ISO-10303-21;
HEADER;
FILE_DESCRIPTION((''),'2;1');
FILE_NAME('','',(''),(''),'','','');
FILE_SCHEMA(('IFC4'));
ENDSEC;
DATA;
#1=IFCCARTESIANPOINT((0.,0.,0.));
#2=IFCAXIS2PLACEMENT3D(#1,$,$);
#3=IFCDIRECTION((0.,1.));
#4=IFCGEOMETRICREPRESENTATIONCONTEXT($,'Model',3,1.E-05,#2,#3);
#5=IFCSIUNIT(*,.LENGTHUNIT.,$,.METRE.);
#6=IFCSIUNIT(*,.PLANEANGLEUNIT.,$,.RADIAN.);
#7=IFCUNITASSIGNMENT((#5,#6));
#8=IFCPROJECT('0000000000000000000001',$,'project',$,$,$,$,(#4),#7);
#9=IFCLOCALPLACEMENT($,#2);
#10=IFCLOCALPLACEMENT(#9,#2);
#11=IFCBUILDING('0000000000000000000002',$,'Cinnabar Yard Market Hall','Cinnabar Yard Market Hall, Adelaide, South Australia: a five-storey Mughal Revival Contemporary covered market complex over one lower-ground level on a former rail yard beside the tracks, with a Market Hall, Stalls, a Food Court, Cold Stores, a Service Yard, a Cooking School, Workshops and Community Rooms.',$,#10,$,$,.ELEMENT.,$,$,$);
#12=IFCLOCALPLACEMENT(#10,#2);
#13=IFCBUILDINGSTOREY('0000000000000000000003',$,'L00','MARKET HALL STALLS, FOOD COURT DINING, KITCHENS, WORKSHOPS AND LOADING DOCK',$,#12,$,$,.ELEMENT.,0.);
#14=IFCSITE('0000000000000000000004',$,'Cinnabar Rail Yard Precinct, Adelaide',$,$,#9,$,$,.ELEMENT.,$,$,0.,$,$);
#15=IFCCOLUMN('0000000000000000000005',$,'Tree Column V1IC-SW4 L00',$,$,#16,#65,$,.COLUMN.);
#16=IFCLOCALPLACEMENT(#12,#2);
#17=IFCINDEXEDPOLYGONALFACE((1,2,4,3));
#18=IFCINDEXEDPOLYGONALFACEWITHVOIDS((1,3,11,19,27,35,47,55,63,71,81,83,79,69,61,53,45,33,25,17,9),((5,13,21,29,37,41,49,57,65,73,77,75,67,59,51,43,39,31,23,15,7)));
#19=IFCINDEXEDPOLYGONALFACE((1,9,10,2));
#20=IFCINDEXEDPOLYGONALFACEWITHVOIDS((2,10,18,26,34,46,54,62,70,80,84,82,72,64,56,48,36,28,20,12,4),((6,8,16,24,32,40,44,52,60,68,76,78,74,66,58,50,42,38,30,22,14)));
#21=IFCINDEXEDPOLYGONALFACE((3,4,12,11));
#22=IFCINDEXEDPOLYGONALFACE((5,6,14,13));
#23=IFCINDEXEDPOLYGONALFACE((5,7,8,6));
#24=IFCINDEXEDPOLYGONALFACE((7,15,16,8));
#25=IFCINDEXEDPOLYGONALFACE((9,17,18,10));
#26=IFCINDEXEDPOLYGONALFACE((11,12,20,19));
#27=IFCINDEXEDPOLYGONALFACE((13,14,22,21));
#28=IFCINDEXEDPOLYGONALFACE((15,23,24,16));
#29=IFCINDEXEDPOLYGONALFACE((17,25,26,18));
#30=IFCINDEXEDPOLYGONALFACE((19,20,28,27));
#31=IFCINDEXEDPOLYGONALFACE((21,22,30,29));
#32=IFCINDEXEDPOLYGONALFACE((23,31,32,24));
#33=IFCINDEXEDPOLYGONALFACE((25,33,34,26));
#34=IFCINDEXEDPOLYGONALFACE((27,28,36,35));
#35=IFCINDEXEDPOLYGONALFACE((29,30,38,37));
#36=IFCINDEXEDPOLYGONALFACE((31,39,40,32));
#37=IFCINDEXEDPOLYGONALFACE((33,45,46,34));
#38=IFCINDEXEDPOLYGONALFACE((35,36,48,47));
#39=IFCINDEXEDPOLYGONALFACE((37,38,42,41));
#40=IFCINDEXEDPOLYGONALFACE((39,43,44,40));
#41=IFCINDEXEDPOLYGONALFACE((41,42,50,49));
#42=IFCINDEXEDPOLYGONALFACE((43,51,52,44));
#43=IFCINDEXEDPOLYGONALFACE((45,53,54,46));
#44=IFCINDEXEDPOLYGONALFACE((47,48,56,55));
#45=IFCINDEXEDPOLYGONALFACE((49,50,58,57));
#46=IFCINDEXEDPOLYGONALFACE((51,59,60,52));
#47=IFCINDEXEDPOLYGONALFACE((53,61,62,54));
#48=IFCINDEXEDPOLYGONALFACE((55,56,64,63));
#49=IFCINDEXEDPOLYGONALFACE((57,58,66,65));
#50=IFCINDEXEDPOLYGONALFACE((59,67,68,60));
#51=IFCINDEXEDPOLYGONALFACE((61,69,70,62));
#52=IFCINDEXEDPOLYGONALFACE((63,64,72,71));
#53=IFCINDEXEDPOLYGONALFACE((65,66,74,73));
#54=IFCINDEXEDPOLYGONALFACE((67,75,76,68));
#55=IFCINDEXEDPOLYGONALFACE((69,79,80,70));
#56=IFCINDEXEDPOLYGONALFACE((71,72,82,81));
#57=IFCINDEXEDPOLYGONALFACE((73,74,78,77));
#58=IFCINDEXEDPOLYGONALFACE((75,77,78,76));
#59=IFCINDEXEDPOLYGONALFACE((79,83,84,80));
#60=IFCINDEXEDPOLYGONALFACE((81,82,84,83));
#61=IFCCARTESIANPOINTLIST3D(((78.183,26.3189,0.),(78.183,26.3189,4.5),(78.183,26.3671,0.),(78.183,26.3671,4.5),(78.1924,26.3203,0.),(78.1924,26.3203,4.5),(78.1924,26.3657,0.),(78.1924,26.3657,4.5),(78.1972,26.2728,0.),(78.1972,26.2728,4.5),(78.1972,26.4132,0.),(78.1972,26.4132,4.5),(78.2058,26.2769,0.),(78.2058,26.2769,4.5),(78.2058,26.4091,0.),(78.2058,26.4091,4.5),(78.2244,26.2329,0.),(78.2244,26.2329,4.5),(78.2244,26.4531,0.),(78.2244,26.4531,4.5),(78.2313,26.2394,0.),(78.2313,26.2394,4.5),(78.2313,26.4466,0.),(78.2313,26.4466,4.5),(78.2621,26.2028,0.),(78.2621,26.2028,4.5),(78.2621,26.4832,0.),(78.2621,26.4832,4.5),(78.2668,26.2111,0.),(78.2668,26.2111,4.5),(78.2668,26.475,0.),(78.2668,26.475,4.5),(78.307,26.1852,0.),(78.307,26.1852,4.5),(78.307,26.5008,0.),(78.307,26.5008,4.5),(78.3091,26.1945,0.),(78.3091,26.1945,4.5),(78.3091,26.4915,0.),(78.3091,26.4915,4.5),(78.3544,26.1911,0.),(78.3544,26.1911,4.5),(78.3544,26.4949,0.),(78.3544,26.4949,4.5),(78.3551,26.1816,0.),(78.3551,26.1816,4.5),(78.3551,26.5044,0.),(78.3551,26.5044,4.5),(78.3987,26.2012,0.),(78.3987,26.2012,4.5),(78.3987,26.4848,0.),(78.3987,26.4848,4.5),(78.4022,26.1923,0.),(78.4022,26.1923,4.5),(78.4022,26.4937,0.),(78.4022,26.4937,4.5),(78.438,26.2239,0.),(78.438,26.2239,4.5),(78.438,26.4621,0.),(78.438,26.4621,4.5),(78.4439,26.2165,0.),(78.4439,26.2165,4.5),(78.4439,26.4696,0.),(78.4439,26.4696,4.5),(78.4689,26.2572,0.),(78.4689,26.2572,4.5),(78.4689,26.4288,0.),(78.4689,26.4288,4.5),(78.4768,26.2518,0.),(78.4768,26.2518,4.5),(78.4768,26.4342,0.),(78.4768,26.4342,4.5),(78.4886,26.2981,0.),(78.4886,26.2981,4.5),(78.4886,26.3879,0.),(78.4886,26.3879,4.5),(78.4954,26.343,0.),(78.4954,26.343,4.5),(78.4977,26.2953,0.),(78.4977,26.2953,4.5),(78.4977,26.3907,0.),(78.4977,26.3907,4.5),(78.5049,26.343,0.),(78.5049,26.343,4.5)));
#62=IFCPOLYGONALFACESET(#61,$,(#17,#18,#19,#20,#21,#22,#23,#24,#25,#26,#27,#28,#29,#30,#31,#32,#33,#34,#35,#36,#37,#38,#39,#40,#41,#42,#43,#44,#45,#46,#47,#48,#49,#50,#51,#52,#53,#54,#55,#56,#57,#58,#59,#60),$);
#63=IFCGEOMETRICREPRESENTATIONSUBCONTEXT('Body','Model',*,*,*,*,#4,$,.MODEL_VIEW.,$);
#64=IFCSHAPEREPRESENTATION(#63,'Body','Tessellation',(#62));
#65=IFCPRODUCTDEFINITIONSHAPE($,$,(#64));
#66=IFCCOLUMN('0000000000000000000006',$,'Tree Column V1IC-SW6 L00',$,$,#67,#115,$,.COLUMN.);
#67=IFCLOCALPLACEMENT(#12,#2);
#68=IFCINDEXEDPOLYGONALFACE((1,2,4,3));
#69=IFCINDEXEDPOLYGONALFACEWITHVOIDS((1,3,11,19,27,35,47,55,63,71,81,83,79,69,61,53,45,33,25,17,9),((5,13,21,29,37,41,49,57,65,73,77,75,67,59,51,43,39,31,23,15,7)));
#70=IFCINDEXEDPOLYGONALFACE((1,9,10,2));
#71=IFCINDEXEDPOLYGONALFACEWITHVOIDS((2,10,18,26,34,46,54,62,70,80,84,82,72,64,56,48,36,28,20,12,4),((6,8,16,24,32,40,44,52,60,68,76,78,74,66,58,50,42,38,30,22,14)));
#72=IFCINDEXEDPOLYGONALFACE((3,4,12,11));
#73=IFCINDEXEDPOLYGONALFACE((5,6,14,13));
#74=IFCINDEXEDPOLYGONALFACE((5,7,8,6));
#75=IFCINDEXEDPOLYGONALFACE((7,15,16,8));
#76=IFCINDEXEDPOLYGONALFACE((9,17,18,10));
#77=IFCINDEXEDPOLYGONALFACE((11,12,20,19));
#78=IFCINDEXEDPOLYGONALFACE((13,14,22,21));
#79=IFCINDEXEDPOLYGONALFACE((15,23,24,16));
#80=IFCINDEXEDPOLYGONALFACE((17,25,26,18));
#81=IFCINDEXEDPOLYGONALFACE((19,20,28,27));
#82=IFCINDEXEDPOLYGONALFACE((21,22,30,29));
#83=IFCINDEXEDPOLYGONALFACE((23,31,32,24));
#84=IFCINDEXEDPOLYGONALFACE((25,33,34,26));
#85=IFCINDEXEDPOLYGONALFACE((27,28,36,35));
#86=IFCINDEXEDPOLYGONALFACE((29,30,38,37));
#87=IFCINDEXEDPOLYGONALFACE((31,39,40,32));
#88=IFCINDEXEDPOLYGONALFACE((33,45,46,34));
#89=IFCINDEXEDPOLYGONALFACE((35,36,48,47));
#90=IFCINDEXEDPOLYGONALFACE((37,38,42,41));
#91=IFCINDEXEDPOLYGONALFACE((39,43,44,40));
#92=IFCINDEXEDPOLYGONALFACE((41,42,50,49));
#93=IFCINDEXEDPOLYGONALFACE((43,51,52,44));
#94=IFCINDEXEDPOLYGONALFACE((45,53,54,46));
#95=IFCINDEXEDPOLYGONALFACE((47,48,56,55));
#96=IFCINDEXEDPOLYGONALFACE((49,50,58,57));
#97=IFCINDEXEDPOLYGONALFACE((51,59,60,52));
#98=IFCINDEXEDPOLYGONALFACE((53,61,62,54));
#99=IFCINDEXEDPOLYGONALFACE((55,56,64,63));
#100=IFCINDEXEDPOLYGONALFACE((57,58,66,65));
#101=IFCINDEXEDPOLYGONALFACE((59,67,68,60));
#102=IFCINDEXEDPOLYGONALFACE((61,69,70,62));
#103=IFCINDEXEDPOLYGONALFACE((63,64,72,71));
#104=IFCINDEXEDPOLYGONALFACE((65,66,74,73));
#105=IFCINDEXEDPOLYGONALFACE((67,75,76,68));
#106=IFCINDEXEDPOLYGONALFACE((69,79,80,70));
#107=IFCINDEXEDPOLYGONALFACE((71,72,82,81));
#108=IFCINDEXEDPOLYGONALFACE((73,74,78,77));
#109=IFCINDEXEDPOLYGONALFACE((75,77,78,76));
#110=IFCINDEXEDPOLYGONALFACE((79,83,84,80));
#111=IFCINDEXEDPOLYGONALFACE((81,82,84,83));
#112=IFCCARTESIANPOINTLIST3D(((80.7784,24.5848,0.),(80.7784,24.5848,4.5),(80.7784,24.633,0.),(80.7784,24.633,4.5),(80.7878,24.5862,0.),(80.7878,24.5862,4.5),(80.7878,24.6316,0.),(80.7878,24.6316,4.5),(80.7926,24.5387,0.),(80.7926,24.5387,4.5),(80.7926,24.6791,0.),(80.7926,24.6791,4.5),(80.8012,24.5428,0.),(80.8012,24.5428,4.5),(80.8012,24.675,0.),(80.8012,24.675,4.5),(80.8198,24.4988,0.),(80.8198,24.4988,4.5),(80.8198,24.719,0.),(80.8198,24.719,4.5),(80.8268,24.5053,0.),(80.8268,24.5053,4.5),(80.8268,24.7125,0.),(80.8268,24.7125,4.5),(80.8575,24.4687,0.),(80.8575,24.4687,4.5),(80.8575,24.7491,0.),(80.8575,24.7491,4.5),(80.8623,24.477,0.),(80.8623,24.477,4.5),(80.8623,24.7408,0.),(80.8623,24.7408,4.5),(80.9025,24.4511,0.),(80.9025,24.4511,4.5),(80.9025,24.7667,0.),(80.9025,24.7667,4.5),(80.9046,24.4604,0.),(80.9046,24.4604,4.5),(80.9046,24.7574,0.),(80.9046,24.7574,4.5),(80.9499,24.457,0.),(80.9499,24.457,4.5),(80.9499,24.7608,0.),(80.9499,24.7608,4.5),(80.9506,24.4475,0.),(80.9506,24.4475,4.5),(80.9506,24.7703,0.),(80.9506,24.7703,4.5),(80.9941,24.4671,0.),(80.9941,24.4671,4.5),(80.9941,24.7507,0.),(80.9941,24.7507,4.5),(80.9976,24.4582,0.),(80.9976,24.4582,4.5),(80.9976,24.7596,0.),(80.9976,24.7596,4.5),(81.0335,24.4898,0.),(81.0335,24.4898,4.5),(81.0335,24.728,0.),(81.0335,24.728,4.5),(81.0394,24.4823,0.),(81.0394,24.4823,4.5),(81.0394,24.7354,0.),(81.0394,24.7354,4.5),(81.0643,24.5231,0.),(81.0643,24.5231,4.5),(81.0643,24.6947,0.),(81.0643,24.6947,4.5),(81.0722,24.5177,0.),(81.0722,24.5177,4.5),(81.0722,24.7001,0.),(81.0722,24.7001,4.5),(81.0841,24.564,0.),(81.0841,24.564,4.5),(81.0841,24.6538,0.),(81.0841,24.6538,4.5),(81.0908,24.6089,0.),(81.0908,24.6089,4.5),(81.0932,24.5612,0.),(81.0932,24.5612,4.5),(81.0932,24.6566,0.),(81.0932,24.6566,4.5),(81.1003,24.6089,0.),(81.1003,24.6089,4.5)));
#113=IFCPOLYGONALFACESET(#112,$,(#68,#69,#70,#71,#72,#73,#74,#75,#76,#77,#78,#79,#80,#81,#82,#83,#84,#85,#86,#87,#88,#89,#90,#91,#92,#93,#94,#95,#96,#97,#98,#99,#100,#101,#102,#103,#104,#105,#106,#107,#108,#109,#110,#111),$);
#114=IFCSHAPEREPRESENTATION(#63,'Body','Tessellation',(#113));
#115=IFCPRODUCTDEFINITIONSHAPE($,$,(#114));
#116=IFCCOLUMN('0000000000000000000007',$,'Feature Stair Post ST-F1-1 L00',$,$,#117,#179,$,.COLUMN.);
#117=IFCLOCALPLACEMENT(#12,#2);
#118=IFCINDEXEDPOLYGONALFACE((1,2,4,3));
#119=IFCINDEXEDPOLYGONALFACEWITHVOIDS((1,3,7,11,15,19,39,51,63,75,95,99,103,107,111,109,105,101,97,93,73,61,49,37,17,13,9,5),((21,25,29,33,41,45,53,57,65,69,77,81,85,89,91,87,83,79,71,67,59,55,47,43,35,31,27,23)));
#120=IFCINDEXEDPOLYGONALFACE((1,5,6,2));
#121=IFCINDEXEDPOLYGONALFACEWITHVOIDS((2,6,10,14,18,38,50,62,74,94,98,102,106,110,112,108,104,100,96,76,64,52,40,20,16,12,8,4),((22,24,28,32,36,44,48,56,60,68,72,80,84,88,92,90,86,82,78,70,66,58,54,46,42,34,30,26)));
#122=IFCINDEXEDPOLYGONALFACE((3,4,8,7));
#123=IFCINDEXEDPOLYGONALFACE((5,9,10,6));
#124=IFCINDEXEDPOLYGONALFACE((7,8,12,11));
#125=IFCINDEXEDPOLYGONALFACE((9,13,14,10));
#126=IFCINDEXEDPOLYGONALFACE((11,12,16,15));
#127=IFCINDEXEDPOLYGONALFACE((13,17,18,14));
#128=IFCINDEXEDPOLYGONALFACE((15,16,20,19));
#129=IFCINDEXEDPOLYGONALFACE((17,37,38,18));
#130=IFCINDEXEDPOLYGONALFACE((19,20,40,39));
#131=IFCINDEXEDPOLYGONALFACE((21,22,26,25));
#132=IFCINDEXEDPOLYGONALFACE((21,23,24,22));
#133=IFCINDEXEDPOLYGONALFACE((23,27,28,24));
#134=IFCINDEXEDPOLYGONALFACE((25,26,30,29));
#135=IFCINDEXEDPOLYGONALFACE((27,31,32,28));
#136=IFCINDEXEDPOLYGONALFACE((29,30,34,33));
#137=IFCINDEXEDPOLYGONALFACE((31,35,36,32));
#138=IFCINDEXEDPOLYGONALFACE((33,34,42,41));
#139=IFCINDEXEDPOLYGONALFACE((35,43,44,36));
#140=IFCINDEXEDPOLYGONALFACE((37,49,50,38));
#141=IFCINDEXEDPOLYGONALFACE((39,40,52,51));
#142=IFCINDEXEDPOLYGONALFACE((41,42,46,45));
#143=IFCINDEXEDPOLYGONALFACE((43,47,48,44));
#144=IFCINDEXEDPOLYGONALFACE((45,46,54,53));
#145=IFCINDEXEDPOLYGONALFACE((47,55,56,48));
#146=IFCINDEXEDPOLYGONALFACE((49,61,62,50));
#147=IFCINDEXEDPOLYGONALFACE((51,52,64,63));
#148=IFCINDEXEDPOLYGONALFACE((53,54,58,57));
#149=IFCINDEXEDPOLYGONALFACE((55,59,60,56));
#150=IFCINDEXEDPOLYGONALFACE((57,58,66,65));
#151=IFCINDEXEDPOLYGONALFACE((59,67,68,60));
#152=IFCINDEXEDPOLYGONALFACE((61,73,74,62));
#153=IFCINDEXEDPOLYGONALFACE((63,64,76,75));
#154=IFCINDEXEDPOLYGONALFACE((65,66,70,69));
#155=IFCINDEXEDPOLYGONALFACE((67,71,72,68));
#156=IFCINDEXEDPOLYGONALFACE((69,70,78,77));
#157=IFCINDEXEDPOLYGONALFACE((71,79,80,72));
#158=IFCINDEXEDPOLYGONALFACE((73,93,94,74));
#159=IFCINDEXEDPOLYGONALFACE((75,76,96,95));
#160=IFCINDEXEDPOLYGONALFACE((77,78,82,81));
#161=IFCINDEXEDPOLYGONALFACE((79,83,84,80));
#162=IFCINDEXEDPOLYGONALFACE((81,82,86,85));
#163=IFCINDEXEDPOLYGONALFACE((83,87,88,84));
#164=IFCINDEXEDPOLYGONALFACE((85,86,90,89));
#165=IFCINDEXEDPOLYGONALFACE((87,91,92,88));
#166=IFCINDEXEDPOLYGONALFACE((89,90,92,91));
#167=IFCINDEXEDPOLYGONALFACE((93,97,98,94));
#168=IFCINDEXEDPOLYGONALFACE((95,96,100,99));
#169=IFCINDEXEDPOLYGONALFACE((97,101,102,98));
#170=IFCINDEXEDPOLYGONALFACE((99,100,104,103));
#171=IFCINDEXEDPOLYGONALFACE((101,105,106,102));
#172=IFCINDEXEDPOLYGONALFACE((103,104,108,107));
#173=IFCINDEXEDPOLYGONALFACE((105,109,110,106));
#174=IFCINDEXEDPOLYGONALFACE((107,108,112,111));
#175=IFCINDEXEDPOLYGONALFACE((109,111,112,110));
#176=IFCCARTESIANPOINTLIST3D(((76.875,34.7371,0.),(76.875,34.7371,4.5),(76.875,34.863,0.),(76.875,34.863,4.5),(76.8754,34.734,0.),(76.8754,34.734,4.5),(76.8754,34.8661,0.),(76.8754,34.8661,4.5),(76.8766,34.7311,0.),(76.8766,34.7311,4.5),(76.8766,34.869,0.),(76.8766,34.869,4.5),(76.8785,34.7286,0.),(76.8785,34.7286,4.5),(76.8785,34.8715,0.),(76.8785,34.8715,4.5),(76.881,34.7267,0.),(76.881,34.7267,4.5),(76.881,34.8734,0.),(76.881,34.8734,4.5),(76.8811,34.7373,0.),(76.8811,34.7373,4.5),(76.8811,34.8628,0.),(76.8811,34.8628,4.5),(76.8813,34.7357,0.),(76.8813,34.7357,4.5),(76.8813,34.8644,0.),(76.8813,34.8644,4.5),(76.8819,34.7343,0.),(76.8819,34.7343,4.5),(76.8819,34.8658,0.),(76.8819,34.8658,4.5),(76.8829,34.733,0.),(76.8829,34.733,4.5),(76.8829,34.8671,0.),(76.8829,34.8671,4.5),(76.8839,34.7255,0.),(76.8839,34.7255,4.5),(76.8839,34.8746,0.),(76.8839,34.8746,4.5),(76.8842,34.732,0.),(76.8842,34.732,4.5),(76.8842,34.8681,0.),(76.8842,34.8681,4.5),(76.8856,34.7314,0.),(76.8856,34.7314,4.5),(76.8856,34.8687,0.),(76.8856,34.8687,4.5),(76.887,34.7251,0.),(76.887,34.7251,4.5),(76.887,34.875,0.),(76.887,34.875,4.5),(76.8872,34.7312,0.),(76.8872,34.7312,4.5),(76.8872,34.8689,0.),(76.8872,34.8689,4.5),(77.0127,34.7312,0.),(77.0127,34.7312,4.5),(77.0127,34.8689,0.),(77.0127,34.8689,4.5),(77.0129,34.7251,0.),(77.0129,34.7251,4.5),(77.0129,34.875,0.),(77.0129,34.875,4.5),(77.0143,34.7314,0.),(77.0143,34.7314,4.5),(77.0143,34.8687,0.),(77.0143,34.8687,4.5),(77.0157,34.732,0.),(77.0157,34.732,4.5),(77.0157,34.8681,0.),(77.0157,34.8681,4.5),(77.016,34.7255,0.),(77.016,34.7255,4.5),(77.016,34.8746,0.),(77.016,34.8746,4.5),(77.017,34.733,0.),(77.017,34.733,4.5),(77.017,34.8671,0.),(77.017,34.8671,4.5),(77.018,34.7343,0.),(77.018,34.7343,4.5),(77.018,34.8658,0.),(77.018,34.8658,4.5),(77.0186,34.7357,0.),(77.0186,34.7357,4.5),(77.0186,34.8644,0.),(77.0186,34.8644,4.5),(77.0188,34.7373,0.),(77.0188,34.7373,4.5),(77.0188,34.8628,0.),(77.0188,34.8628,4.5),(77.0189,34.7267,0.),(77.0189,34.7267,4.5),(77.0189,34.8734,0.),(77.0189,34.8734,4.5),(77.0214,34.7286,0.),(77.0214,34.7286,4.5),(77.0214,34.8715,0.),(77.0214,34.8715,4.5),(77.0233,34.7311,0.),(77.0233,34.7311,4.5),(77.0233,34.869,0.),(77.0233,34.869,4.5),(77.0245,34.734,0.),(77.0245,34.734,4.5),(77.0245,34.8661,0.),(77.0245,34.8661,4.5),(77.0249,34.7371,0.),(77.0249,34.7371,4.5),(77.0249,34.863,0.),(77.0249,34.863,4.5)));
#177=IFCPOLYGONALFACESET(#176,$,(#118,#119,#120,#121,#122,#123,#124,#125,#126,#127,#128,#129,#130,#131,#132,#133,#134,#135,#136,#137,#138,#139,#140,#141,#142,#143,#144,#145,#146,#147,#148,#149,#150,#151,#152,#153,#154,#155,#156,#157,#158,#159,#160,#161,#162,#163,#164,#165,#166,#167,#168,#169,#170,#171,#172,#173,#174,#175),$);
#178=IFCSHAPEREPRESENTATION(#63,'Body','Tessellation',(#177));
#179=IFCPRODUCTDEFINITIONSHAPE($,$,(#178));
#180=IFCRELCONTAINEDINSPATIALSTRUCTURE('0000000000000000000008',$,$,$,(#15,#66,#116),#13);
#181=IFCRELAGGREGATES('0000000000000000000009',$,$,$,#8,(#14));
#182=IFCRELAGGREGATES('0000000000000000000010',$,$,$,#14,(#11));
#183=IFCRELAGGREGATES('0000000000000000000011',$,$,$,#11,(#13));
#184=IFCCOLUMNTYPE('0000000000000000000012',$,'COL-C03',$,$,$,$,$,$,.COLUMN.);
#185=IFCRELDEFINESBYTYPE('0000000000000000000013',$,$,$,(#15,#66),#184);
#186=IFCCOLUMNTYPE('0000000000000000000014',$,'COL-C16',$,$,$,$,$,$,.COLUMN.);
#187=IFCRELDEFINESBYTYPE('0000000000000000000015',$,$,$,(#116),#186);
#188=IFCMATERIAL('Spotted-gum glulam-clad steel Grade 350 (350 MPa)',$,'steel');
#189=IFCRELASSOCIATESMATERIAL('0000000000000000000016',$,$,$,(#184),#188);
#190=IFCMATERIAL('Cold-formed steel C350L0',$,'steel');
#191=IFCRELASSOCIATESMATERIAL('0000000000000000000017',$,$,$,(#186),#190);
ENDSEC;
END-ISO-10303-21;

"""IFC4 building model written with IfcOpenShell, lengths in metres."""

from ifc_helpers import new_model, si_unit, direction, frame, origin, origin_2d_with_axis, place, context, subcontext, project, spatial, hollow_rectangle, hollow_circle, extrude, material, material_profile, profile_set, type_object, element, save


model = new_model("IFC4")

# Units and contexts
model_context = context("Model", 3, precision=1e-05, world=origin(), true_north=direction((0.0, 1.0)))
body_context = subcontext(model_context, "Body", "Model", "MODEL_VIEW")
ifc_project = project(units=[si_unit("LENGTHUNIT", "METRE"), si_unit("PLANEANGLEUNIT", "RADIAN")], contexts=[model_context])

# Site, building, storey
site_placement = place(None, origin())
site = spatial("IfcSite", under=ifc_project, at=site_placement, Name="Cinnabar Rail Yard Precinct, Adelaide", CompositionType="ELEMENT", RefElevation=0.0)
building_placement = place(site_placement, origin())
building = spatial("IfcBuilding", under=site, at=building_placement, Name="Cinnabar Yard Market Hall", Description="Cinnabar Yard Market Hall, Adelaide, South Australia: a five-storey Mughal Revival Contemporary covered market complex over one lower-ground level on a former rail yard beside the tracks, with a Market Hall, Stalls, a Food Court, Cold Stores, a Service Yard, a Cooking School, Workshops and Community Rooms.", CompositionType="ELEMENT")
storey_placement = place(building_placement, origin())
storey = spatial("IfcBuildingStorey", under=building, at=storey_placement, Name="L00", Description="MARKET HALL STALLS, FOOD COURT DINING, KITCHENS, WORKSHOPS AND LOADING DOCK", CompositionType="ELEMENT", Elevation=0.0)

# Columns
ifc_material_1 = material(Name="Spotted-gum glulam-clad steel Grade 350 (350 MPa)", Category="steel")
ifc_material_profile_1 = material_profile(ifc_material_1, hollow_circle(Radius=0.1619, WallThickness=0.0095, at=origin_2d_with_axis()), Name="323.9x9.5CHS")
ifc_profile_set_1 = profile_set([ifc_material_profile_1], Name="Spotted-gum glulam-clad steel Grade 350 (350 MPa)")
column_type_1 = type_object("IfcColumnType", Name="COL-C03", PredefinedType="COLUMN", material=ifc_profile_set_1)
for number, where, z_axis, x_axis, name in (
    (1, (78.343, 26.343, 0.0), (0.0, 0.0, 1.0), (1.0, 0.0, 0.0), "Tree Column V1IC-SW4 L00"),
    (2, (80.9385, 24.6089, 0.0), (0.0, 0.0, 1.0), (1.0, 0.0, 0.0), "Tree Column V1IC-SW6 L00"),
):
    element("IfcColumn", number, at=place(storey_placement, frame(where, z_axis=z_axis, x_axis=x_axis)), inside=storey, type_object=column_type_1, Name=name, PredefinedType="COLUMN", context=body_context, shape_type="SweptSolid", body=[
        extrude(hollow_circle(Radius=0.1619, WallThickness=0.0095, at=origin_2d_with_axis()), origin(), (0.0, 0.0, 1.0), 4.5),
    ])
ifc_material_2 = material(Name="Cold-formed steel C350L0", Category="steel")
ifc_material_profile_2 = material_profile(ifc_material_2, hollow_rectangle(XDim=0.1499, YDim=0.1499, WallThickness=0.0061, InnerFilletRadius=0.0061, OuterFilletRadius=0.012, at=origin_2d_with_axis()), Name="150x150x6.0SHS")
ifc_profile_set_2 = profile_set([ifc_material_profile_2], Name="Cold-formed steel C350L0")
column_type_2 = type_object("IfcColumnType", Name="COL-C16", PredefinedType="COLUMN", material=ifc_profile_set_2)
for number, where, z_axis, x_axis, name in (
    (3, (76.95, 34.8, 0.0), (0.0, 0.0, 1.0), (1.0, 0.0, 0.0), "Feature Stair Post ST-F1-1 L00"),
):
    element("IfcColumn", number, at=place(storey_placement, frame(where, z_axis=z_axis, x_axis=x_axis)), inside=storey, type_object=column_type_2, Name=name, PredefinedType="COLUMN", context=body_context, shape_type="SweptSolid", body=[
        extrude(hollow_rectangle(XDim=0.1499, YDim=0.1499, WallThickness=0.0061, InnerFilletRadius=0.0061, OuterFilletRadius=0.012, at=origin_2d_with_axis()), origin(), (0.0, 0.0, 1.0), 4.5),
    ])

save(model, "model.ifc")
